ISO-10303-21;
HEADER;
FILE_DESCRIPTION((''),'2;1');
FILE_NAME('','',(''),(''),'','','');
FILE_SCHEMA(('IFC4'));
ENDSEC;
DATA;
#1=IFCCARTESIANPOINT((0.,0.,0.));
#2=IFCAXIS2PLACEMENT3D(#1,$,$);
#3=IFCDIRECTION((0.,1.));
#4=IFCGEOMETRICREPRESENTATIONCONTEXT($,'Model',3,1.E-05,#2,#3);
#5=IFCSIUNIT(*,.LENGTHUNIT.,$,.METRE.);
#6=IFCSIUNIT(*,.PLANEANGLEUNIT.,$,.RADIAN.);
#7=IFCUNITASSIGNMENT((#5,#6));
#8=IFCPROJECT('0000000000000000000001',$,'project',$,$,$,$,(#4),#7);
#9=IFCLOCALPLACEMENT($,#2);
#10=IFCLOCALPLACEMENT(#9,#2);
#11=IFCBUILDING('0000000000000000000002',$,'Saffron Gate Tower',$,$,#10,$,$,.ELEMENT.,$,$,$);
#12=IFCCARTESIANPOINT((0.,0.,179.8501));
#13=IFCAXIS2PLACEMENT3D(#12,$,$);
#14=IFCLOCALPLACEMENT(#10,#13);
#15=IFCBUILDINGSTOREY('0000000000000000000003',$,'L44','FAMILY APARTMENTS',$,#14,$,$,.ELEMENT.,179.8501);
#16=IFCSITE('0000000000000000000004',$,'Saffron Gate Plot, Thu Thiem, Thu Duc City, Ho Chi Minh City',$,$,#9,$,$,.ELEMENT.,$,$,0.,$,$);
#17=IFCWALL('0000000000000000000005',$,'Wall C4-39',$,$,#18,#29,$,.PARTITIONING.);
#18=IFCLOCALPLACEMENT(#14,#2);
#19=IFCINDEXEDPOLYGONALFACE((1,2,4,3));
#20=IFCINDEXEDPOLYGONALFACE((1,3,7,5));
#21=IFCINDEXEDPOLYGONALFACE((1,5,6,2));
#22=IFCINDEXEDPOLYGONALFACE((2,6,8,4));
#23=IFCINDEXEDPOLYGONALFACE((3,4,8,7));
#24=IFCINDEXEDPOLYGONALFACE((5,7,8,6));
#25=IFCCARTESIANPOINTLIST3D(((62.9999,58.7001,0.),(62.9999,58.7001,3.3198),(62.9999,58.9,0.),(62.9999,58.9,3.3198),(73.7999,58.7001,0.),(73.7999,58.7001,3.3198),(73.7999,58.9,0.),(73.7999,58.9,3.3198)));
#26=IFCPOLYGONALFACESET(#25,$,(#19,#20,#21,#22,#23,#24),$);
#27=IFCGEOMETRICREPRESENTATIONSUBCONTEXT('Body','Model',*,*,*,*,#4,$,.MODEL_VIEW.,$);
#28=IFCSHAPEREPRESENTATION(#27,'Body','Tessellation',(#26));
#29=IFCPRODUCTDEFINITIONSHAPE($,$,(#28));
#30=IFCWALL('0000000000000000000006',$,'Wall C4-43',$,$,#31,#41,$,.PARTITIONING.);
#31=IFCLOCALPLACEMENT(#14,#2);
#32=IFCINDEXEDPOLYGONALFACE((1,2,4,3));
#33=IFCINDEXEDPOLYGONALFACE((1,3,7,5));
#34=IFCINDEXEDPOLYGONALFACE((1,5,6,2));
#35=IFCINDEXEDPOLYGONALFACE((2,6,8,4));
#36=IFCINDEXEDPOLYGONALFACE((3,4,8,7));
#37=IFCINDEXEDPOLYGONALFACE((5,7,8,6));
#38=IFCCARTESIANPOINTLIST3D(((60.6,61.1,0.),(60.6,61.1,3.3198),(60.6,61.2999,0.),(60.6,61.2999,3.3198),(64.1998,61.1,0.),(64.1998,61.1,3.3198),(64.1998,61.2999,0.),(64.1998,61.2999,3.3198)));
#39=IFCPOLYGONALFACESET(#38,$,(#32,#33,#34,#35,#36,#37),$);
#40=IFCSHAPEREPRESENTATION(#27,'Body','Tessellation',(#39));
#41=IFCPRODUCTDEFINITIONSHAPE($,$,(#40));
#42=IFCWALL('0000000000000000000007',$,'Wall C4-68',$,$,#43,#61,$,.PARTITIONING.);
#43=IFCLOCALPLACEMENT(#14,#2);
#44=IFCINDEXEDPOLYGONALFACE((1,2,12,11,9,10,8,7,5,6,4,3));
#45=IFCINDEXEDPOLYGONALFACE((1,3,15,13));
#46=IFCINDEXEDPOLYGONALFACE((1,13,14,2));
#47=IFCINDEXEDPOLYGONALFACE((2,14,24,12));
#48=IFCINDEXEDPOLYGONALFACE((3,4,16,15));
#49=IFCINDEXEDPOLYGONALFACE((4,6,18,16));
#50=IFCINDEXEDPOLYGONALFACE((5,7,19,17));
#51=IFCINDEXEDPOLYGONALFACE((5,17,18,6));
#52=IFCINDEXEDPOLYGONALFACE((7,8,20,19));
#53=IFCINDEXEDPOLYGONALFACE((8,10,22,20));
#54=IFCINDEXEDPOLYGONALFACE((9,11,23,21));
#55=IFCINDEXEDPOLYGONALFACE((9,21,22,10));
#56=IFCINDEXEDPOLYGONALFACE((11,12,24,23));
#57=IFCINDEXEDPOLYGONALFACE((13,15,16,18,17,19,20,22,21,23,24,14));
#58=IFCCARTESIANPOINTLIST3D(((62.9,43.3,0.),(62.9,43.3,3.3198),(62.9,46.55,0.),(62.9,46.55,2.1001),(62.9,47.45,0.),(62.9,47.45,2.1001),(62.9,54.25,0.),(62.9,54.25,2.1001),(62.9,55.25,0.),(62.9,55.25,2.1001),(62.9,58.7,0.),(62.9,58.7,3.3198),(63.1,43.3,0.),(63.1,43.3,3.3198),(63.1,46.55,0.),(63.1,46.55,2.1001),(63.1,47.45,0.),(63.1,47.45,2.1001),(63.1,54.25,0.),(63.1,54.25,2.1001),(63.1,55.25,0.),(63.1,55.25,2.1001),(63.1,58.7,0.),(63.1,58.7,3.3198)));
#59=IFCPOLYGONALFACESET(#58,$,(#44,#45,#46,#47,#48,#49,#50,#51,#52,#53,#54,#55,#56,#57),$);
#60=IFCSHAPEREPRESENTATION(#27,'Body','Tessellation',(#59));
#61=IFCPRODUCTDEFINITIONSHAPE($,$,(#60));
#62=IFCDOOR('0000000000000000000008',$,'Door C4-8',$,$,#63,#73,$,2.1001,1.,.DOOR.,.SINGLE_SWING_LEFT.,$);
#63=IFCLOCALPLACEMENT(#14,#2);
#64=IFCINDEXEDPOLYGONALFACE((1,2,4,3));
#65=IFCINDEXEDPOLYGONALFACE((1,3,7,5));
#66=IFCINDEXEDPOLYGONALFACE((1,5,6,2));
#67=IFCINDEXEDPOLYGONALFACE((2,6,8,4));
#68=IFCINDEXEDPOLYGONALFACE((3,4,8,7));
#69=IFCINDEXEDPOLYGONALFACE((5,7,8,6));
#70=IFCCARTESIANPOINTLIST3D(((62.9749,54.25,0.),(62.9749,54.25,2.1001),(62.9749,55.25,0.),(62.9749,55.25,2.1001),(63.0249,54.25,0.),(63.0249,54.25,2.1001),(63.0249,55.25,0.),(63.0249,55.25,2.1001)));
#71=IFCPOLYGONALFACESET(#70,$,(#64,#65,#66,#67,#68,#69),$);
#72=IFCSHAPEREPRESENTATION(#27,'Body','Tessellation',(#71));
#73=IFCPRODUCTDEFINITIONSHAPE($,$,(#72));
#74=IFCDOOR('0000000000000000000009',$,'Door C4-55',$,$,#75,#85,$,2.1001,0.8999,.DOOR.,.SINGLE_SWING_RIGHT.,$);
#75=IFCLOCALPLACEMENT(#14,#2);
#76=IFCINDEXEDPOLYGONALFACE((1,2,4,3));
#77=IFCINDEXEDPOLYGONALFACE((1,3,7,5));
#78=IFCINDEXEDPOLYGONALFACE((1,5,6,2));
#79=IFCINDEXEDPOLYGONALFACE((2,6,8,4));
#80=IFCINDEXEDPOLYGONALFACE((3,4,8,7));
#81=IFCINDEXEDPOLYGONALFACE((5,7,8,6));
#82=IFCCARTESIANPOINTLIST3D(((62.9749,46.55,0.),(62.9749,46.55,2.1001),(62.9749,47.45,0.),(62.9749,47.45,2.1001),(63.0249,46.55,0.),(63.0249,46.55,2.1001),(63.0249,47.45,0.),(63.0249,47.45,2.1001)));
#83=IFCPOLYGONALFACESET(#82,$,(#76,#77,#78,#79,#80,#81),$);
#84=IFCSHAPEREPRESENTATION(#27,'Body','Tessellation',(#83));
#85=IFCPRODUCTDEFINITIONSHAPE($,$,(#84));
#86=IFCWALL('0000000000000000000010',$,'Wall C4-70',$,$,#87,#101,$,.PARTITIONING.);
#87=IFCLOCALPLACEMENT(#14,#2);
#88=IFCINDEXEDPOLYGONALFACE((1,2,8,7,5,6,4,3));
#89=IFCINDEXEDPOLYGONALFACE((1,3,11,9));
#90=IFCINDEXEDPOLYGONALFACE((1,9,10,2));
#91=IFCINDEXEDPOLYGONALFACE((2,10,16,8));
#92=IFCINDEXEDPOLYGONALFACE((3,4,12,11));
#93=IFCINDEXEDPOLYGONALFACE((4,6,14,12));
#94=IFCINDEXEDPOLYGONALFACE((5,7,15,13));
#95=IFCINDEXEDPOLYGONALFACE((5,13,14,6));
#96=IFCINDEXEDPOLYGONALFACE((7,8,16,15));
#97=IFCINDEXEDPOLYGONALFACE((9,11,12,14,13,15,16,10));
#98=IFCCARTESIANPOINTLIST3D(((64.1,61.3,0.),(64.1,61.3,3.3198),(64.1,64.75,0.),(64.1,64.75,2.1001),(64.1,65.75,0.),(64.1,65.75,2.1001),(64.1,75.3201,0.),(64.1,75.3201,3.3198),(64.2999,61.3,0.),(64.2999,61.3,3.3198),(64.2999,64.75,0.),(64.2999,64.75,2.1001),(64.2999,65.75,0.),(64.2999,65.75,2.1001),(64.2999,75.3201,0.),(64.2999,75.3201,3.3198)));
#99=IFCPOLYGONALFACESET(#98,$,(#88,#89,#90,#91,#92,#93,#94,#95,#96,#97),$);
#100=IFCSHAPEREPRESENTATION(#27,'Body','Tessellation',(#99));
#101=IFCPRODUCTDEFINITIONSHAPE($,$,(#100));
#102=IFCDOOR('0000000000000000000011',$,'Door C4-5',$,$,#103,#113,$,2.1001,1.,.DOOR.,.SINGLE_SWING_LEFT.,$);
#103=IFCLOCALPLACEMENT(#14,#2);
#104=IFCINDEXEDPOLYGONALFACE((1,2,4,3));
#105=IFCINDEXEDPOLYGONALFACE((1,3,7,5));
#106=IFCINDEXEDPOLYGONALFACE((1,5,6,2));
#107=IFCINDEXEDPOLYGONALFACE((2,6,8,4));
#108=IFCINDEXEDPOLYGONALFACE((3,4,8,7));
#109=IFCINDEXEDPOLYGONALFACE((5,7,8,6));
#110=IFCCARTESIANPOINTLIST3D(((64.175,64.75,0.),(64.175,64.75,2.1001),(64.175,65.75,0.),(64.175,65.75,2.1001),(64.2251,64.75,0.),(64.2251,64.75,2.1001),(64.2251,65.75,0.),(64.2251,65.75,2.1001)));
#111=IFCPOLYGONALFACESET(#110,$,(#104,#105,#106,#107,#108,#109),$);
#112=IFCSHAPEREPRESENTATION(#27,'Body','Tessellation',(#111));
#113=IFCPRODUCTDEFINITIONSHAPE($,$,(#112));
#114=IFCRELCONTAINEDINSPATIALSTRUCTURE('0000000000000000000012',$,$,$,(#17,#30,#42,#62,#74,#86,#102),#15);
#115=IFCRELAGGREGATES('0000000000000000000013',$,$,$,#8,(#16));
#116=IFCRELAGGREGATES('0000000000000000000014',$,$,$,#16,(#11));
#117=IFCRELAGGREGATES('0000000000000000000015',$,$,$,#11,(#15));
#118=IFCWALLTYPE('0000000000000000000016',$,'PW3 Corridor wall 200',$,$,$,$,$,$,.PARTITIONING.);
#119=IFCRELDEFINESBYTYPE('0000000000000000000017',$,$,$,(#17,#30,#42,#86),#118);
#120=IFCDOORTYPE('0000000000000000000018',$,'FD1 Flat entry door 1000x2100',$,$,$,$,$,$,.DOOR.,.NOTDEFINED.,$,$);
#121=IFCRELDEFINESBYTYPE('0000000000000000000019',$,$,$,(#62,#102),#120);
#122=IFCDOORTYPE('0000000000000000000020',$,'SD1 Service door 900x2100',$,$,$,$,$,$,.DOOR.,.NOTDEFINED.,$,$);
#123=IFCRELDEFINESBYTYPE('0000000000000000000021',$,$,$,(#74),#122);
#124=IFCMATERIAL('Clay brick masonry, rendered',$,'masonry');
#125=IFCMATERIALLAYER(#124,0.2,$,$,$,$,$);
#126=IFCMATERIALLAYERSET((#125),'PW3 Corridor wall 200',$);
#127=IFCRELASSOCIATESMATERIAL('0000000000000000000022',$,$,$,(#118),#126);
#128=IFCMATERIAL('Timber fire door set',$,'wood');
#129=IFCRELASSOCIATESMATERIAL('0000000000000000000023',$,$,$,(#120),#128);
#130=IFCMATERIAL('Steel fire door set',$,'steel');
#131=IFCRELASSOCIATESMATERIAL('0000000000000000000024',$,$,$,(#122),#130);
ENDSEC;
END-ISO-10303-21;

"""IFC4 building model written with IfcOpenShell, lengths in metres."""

from ifc_helpers import new_model, si_unit, direction, frame, frame_2d, origin, place, context, subcontext, project, spatial, rectangle, extrude, material, layer, layer_set, type_object, element, fill, save


model = new_model("IFC4")

# Units and contexts
model_context = context("Model", 3, precision=1e-05, world=origin(), true_north=direction((0.0, 1.0)))
body_context = subcontext(model_context, "Body", "Model", "MODEL_VIEW")
ifc_project = project(units=[si_unit("LENGTHUNIT", "METRE"), si_unit("PLANEANGLEUNIT", "RADIAN")], contexts=[model_context])

# Site, building, storey
site_placement = place(None, origin())
site = spatial("IfcSite", under=ifc_project, at=site_placement, Name="Saffron Gate Plot, Thu Thiem, Thu Duc City, Ho Chi Minh City", CompositionType="ELEMENT", RefElevation=0.0)
building_placement = place(site_placement, origin())
building = spatial("IfcBuilding", under=site, at=building_placement, Name="Saffron Gate Tower", CompositionType="ELEMENT")
storey_placement = place(building_placement, frame((0.0, 0.0, 179.8501)))
storey = spatial("IfcBuildingStorey", under=building, at=storey_placement, Name="L44", Description="FAMILY APARTMENTS", CompositionType="ELEMENT", Elevation=179.8501)

# Shared definitions
ifc_material_1 = material(Name="Steel fire door set", Category="steel")

# Walls
ifc_material_2 = material(Name="Clay brick masonry, rendered", Category="masonry")
ifc_layer_1 = layer(ifc_material_2, 0.2)
ifc_layer_set_1 = layer_set([ifc_layer_1], Name="PW3 Corridor wall 200")
wall_type_1 = type_object("IfcWallType", Name="PW3 Corridor wall 200", PredefinedType="PARTITIONING", material=ifc_layer_set_1)
wall_1_placement = place(storey_placement, frame((63.0, 58.8, 0.0), z_axis=(0.0, 0.0, 1.0), x_axis=(1.0, 0.0, 0.0)))
element("IfcWall", 1, at=wall_1_placement, inside=storey, type_object=wall_type_1, Name="Wall C4-39", PredefinedType="PARTITIONING", context=body_context, shape_type="SweptSolid", body=[
    extrude(rectangle(XDim=10.8, YDim=0.2, at=frame_2d((5.3999, 0.0))), origin(), (0.0, 0.0, 1.0), 3.3198),
])
wall_2_placement = place(storey_placement, frame((60.6001, 61.2, 0.0), z_axis=(0.0, 0.0, 1.0), x_axis=(1.0, 0.0, 0.0)))
element("IfcWall", 2, at=wall_2_placement, inside=storey, type_object=wall_type_1, Name="Wall C4-43", PredefinedType="PARTITIONING", context=body_context, shape_type="SweptSolid", body=[
    extrude(rectangle(XDim=3.5999, YDim=0.2, at=frame_2d((1.7998, 0.0))), origin(), (0.0, 0.0, 1.0), 3.3198),
])

# Wall, openings, doors
wall_3_placement = place(storey_placement, frame((63.0, 58.7, 0.0), z_axis=(0.0, 0.0, 1.0), x_axis=(0.0, -1.0, 0.0)))
wall_3 = element("IfcWall", 3, at=wall_3_placement, inside=storey, type_object=wall_type_1, Name="Wall C4-68", PredefinedType="PARTITIONING", context=body_context, shape_type="SweptSolid", body=[
    extrude(rectangle(XDim=15.3999, YDim=0.2, at=frame_2d((7.7, 0.0))), origin(), (0.0, 0.0, 1.0), 3.3198),
])
opening_1_placement = place(wall_3_placement, frame((3.45, 0.0, 0.0)))
opening_1 = element("IfcOpeningElement", 4, at=opening_1_placement, cuts=wall_3, PredefinedType="OPENING", context=body_context, shape_type="SweptSolid", body=[
    extrude(rectangle(XDim=1.0, YDim=2.1001, at=frame_2d((0.5, 1.05))), frame((0.0, 0.1099, 0.0), z_axis=(0.0, -1.0, 0.0), x_axis=(1.0, 0.0, 0.0)), (0.0, 0.0, 1.0), 0.22),
])
opening_2_placement = place(wall_3_placement, frame((11.25, 0.0, 0.0)))
opening_2 = element("IfcOpeningElement", 5, at=opening_2_placement, cuts=wall_3, PredefinedType="OPENING", context=body_context, shape_type="SweptSolid", body=[
    extrude(rectangle(XDim=0.8999, YDim=2.1001, at=frame_2d((0.45, 1.05))), frame((0.0, 0.1099, 0.0), z_axis=(0.0, -1.0, 0.0), x_axis=(1.0, 0.0, 0.0)), (0.0, 0.0, 1.0), 0.22),
])
ifc_material_3 = material(Name="Timber fire door set", Category="wood")
door_type_1 = type_object("IfcDoorType", Name="FD1 Flat entry door 1000x2100", OperationType="NOTDEFINED", PredefinedType="DOOR", material=ifc_material_3)
door_1_placement = place(opening_1_placement, origin())
door_1 = element("IfcDoor", 6, at=door_1_placement, inside=storey, type_object=door_type_1, Name="Door C4-8", OperationType="SINGLE_SWING_LEFT", OverallHeight=2.1001, OverallWidth=1.0, PredefinedType="DOOR", context=body_context, shape_type="SweptSolid", body=[
    extrude(rectangle(XDim=1.0, YDim=2.1001, at=frame_2d((0.5, 1.05))), frame((0.0, 0.0249, 0.0), z_axis=(0.0, -1.0, 0.0), x_axis=(1.0, 0.0, 0.0)), (0.0, 0.0, 1.0), 0.05),
])
fill(opening_1, door_1)
door_type_2 = type_object("IfcDoorType", Name="SD1 Service door 900x2100", OperationType="NOTDEFINED", PredefinedType="DOOR", material=ifc_material_1)
door_2_placement = place(opening_2_placement, origin())
door_2 = element("IfcDoor", 7, at=door_2_placement, inside=storey, type_object=door_type_2, Name="Door C4-55", OperationType="SINGLE_SWING_RIGHT", OverallHeight=2.1001, OverallWidth=0.8999, PredefinedType="DOOR", context=body_context, shape_type="SweptSolid", body=[
    extrude(rectangle(XDim=0.8999, YDim=2.1001, at=frame_2d((0.45, 1.05))), frame((0.0, 0.0249, 0.0), z_axis=(0.0, -1.0, 0.0), x_axis=(1.0, 0.0, 0.0)), (0.0, 0.0, 1.0), 0.05),
])
fill(opening_2, door_2)

# Wall, opening, door
wall_4_placement = place(storey_placement, frame((64.2, 61.3, 0.0), z_axis=(0.0, 0.0, 1.0), x_axis=(0.0, 1.0, 0.0)))
wall_4 = element("IfcWall", 8, at=wall_4_placement, inside=storey, type_object=wall_type_1, Name="Wall C4-70", PredefinedType="PARTITIONING", context=body_context, shape_type="SweptSolid", body=[
    extrude(rectangle(XDim=14.02, YDim=0.2, at=frame_2d((7.01, 0.0))), origin(), (0.0, 0.0, 1.0), 3.3198),
])
opening_3_placement = place(wall_4_placement, frame((3.45, 0.0, 0.0)))
opening_3 = element("IfcOpeningElement", 9, at=opening_3_placement, cuts=wall_4, PredefinedType="OPENING", context=body_context, shape_type="SweptSolid", body=[
    extrude(rectangle(XDim=1.0, YDim=2.1001, at=frame_2d((0.5, 1.05))), frame((0.0, 0.1099, 0.0), z_axis=(0.0, -1.0, 0.0), x_axis=(1.0, 0.0, 0.0)), (0.0, 0.0, 1.0), 0.22),
])
door_3_placement = place(opening_3_placement, origin())
door_3 = element("IfcDoor", 10, at=door_3_placement, inside=storey, type_object=door_type_1, Name="Door C4-5", OperationType="SINGLE_SWING_LEFT", OverallHeight=2.1001, OverallWidth=1.0, PredefinedType="DOOR", context=body_context, shape_type="SweptSolid", body=[
    extrude(rectangle(XDim=1.0, YDim=2.1001, at=frame_2d((0.5, 1.05))), frame((0.0, 0.0249, 0.0), z_axis=(0.0, -1.0, 0.0), x_axis=(1.0, 0.0, 0.0)), (0.0, 0.0, 1.0), 0.05),
])
fill(opening_3, door_3)

save(model, "model.ifc")
